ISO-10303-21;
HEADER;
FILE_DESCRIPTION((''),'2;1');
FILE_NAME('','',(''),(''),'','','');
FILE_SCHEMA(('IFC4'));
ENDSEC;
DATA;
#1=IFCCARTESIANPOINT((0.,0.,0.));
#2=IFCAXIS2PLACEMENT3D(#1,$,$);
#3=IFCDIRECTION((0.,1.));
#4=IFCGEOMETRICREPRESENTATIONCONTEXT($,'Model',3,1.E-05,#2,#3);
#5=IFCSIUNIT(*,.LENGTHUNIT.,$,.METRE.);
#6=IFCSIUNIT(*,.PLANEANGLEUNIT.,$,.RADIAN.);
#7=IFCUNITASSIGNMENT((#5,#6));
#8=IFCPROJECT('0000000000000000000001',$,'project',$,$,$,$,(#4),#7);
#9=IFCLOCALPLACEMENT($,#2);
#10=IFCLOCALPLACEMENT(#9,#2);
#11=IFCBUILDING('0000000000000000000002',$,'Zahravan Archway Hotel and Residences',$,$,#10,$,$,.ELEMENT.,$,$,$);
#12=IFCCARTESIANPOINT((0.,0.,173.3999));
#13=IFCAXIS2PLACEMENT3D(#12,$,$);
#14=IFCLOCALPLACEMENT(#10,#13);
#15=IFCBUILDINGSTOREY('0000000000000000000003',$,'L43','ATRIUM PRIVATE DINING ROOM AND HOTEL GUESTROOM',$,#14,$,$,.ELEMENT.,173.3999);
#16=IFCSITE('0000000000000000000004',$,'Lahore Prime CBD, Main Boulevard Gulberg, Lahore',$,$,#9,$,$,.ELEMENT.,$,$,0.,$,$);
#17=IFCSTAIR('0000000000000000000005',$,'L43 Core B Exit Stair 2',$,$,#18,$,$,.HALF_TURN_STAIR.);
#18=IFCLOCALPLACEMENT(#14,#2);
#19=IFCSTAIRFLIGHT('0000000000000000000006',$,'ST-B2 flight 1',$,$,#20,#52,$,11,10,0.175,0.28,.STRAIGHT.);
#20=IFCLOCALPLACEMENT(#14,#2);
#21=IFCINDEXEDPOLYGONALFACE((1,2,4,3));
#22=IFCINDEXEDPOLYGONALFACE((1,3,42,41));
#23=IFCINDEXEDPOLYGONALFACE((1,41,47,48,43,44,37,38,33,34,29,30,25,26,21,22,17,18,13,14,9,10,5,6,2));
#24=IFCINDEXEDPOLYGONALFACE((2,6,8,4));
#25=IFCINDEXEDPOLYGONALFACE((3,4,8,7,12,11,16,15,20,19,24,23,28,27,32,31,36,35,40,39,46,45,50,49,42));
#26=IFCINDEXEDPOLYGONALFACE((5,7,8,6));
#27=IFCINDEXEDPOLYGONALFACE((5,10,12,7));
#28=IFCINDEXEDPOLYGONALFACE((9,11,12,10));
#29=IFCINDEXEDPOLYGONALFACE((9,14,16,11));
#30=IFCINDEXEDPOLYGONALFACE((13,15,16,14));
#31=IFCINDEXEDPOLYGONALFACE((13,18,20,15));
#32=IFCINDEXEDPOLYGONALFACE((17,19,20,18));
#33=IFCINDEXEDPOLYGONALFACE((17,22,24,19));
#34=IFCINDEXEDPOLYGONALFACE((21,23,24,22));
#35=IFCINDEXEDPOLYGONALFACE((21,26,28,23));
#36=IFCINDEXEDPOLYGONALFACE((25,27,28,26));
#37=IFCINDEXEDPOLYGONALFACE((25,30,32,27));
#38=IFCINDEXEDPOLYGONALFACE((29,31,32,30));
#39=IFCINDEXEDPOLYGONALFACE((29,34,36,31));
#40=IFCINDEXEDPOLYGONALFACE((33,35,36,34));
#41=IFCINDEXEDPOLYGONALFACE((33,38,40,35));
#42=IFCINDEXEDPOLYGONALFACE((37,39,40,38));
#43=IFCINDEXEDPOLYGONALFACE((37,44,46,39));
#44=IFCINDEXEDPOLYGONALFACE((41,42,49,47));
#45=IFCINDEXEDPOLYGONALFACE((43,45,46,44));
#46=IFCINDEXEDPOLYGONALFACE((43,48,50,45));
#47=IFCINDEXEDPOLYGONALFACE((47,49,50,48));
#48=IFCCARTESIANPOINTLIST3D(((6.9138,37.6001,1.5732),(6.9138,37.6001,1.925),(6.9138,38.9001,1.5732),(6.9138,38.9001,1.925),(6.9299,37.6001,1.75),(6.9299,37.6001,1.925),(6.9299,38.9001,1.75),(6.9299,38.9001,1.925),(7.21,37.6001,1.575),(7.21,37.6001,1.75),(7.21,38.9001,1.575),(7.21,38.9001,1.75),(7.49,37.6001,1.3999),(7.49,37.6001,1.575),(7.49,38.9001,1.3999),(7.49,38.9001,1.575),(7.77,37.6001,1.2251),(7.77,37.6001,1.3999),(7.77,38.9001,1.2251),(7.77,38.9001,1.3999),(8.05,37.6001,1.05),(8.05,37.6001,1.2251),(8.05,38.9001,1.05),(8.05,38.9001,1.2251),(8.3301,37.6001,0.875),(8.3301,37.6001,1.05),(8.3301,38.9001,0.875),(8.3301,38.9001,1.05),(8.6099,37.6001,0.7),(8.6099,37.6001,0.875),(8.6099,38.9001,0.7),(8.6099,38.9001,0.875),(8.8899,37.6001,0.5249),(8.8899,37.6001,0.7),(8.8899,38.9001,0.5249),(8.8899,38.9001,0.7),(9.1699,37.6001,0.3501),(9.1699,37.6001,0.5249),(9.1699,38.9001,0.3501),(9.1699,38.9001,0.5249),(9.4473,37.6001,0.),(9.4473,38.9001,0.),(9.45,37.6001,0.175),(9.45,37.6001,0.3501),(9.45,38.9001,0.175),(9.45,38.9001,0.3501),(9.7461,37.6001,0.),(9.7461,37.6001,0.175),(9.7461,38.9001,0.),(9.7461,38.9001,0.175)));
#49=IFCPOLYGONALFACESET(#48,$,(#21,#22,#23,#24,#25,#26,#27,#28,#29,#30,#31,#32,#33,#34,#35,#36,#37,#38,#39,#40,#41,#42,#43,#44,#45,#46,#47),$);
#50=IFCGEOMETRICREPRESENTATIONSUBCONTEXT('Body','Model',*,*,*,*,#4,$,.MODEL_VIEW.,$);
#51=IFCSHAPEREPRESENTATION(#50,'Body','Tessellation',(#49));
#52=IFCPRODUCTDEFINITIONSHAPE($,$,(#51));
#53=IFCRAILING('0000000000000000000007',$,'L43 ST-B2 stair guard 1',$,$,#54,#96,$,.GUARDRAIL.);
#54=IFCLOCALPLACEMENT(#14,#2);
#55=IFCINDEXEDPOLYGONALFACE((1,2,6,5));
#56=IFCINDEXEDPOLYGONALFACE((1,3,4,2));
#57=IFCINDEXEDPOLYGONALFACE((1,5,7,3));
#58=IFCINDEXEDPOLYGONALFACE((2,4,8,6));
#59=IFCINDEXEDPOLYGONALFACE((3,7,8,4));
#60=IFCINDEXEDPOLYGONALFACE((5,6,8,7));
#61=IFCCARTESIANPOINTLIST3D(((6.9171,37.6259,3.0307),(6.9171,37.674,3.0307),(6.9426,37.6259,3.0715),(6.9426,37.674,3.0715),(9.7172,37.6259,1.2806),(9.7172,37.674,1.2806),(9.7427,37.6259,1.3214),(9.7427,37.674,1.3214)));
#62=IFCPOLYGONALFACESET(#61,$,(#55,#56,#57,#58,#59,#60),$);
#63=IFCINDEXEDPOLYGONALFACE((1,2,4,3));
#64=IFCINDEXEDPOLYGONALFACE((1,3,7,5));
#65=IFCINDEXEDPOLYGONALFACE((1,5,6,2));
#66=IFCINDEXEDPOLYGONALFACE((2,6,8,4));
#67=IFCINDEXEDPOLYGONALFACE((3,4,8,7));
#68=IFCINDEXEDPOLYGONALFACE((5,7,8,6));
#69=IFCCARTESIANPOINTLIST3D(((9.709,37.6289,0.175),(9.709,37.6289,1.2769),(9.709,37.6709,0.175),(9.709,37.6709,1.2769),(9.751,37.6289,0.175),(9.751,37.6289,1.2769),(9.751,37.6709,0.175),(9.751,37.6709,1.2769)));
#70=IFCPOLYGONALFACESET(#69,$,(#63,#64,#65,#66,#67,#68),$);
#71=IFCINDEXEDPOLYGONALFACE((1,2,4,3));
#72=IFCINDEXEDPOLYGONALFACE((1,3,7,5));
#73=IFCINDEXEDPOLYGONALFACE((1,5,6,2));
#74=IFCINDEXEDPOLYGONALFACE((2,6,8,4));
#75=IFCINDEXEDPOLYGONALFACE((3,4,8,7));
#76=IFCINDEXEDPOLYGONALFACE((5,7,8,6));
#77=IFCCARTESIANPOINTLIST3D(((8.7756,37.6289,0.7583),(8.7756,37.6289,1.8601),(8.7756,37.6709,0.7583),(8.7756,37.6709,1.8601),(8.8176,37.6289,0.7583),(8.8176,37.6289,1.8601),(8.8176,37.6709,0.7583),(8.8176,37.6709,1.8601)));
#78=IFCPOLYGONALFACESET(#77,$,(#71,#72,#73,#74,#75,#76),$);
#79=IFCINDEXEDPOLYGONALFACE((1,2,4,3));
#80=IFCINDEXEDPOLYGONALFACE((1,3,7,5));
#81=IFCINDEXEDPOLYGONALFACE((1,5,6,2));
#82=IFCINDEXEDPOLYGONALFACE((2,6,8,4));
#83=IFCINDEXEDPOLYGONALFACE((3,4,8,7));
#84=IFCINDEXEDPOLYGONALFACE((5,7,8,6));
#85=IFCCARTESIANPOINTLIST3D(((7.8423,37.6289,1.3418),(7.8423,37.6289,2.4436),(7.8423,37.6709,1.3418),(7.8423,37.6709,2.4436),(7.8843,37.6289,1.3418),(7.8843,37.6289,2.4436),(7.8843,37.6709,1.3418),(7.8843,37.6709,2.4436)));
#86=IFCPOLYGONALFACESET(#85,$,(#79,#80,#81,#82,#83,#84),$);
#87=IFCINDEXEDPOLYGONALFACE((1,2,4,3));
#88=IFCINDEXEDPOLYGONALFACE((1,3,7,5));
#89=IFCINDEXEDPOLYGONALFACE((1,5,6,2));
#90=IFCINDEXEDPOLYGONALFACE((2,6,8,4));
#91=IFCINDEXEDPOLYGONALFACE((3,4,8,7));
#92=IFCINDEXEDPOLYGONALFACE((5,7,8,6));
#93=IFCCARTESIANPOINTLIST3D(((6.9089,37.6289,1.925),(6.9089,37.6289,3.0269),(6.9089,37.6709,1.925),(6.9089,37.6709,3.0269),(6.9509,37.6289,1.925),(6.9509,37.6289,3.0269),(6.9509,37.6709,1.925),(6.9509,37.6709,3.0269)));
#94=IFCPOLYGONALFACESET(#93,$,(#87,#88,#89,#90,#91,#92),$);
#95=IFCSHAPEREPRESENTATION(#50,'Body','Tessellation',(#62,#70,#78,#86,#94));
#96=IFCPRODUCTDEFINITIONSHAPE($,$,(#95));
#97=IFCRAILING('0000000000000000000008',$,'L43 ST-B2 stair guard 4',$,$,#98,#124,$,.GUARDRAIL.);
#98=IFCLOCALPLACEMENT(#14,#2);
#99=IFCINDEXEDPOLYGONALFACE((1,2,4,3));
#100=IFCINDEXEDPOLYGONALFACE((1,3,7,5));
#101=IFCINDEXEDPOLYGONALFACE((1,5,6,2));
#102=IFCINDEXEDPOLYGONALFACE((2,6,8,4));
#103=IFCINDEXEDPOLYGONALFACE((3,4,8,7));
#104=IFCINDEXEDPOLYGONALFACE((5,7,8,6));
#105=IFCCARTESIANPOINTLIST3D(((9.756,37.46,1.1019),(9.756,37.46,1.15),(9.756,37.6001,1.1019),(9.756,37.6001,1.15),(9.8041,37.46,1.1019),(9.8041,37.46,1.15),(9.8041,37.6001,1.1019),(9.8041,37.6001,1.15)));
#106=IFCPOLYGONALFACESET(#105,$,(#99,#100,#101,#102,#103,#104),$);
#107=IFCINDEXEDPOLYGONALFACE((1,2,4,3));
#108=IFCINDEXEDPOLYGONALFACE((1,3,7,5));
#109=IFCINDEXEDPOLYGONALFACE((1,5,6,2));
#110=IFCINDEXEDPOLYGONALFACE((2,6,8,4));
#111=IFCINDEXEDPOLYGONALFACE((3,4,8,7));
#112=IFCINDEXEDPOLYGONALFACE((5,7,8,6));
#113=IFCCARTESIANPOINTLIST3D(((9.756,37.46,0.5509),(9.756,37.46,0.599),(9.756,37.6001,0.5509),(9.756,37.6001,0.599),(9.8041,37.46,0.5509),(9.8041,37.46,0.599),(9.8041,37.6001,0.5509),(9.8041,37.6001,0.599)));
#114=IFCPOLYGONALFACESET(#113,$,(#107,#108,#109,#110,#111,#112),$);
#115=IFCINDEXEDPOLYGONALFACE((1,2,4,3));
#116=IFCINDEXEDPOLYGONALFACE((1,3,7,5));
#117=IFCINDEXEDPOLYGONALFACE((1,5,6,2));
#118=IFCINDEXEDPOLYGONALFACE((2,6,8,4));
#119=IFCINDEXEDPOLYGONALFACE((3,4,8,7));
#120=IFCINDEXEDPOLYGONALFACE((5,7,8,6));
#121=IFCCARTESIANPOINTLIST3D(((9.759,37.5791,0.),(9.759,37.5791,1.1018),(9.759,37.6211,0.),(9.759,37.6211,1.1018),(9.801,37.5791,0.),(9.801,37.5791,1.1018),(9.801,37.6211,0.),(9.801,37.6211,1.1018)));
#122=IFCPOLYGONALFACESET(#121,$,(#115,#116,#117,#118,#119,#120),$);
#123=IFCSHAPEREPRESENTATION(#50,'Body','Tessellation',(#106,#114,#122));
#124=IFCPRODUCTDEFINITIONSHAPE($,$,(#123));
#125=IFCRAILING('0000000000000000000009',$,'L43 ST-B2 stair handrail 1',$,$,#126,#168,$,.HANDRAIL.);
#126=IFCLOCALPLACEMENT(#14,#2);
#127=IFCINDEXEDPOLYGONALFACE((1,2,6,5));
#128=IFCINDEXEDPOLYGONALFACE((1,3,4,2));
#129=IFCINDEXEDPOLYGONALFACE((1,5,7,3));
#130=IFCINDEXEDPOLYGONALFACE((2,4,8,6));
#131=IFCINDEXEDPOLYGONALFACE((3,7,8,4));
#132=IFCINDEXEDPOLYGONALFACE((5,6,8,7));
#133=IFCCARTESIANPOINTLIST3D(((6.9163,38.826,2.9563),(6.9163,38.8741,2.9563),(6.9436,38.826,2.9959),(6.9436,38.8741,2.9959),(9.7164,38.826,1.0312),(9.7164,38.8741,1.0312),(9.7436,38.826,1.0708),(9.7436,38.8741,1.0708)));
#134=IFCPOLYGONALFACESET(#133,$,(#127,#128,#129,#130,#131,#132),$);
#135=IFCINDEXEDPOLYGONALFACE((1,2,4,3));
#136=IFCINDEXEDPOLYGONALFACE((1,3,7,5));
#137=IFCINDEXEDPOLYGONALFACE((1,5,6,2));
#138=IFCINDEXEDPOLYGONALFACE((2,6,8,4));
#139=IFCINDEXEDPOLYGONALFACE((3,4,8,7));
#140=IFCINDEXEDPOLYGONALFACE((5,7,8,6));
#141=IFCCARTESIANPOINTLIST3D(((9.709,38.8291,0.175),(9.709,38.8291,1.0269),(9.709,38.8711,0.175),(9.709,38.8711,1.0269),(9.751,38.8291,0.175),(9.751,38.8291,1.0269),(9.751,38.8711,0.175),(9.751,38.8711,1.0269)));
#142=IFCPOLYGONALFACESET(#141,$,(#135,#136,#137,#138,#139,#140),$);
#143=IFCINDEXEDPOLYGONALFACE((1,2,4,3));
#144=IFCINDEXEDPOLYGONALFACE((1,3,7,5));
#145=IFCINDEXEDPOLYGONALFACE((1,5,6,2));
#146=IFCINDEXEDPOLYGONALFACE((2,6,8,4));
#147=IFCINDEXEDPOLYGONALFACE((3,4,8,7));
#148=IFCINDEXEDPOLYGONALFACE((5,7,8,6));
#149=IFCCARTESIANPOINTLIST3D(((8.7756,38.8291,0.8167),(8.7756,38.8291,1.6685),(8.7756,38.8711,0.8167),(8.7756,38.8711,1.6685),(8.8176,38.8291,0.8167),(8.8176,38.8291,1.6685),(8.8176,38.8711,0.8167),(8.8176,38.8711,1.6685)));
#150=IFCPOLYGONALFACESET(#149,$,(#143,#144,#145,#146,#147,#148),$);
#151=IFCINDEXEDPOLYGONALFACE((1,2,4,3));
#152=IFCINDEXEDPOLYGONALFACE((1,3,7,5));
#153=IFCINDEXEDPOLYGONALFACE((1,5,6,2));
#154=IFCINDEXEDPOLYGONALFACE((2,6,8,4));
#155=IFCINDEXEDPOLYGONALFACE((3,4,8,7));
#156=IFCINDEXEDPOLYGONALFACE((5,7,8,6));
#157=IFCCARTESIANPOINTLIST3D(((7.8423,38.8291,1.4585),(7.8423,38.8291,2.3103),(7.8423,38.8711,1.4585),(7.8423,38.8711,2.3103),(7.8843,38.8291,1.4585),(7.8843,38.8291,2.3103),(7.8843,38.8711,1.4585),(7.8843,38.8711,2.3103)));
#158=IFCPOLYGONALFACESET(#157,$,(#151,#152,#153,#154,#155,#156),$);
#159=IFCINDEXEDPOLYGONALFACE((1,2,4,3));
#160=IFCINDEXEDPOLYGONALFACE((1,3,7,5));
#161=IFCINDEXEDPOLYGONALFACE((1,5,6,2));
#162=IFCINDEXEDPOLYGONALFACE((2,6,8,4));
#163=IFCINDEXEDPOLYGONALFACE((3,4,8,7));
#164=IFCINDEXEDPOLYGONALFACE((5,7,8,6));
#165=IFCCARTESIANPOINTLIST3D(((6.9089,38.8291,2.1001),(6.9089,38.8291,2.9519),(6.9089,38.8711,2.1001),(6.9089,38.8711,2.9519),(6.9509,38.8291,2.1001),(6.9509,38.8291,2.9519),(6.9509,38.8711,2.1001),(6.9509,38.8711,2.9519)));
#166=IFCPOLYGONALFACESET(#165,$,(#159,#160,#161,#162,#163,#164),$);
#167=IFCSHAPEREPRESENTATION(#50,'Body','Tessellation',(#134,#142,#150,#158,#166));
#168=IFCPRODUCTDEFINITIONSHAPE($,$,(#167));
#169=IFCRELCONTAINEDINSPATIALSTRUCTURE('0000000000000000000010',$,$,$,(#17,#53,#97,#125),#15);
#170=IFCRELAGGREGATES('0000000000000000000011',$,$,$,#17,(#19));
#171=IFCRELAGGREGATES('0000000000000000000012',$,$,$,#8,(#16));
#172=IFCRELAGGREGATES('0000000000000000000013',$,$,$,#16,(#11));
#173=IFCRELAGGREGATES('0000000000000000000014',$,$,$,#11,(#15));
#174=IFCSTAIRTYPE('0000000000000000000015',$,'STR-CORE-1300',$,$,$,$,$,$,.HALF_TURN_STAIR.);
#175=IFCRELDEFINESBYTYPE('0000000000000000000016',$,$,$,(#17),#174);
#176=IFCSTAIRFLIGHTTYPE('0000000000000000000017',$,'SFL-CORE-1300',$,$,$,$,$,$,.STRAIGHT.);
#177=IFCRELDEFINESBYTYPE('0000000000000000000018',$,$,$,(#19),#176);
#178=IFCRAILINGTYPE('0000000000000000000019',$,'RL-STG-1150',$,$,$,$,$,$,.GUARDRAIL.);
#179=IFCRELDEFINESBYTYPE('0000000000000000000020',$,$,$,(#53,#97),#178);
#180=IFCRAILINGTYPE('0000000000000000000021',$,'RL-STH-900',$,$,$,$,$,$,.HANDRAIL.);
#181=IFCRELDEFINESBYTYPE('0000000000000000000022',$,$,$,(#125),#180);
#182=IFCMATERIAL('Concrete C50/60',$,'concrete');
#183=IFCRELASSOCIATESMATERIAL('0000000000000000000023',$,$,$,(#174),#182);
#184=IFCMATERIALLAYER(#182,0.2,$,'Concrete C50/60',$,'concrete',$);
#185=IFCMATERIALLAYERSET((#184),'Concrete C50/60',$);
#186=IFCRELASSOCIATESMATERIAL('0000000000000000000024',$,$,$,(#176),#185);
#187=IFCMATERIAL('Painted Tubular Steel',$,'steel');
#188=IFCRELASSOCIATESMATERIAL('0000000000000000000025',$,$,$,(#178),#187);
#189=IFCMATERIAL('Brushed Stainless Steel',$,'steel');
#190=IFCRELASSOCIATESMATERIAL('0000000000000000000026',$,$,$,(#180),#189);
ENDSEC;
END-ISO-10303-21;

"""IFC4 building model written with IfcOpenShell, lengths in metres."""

from ifc_helpers import new_model, si_unit, direction, frame, origin, origin_2d, place, context, subcontext, project, spatial, polyline, rectangle, outline, extrude, source, transform, mapped, material, layer, layer_set, type_object, element, aggregate, save


model = new_model("IFC4")

# Units and contexts
model_context = context("Model", 3, precision=1e-05, world=origin(), true_north=direction((0.0, 1.0)))
body_context = subcontext(model_context, "Body", "Model", "MODEL_VIEW")
ifc_project = project(units=[si_unit("LENGTHUNIT", "METRE"), si_unit("PLANEANGLEUNIT", "RADIAN")], contexts=[model_context])

# Site, building, storey
site_placement = place(None, origin())
site = spatial("IfcSite", under=ifc_project, at=site_placement, Name="Lahore Prime CBD, Main Boulevard Gulberg, Lahore", CompositionType="ELEMENT", RefElevation=0.0)
building_placement = place(site_placement, origin())
building = spatial("IfcBuilding", under=site, at=building_placement, Name="Zahravan Archway Hotel and Residences", CompositionType="ELEMENT")
storey_placement = place(building_placement, frame((0.0, 0.0, 173.3999)))
storey = spatial("IfcBuildingStorey", under=building, at=storey_placement, Name="L43", Description="ATRIUM PRIVATE DINING ROOM AND HOTEL GUESTROOM", CompositionType="ELEMENT", Elevation=173.3999)

# Shared definitions
ifc_material_1 = material(Name="Concrete C50/60", Category="concrete")

# Stair, stair flight
stair_type = type_object("IfcStairType", Name="STR-CORE-1300", PredefinedType="HALF_TURN_STAIR", material=ifc_material_1)
stair_placement = place(storey_placement, origin())
stair = element("IfcStair", 1, at=stair_placement, inside=storey, type_object=stair_type, Name="L43 Core B Exit Stair 2", PredefinedType="HALF_TURN_STAIR")
ifc_layer_1 = layer(ifc_material_1, 0.2, Name="Concrete C50/60", Category="concrete")
ifc_layer_set_1 = layer_set([ifc_layer_1], Name="Concrete C50/60")
stair_flight_type = type_object("IfcStairFlightType", Name="SFL-CORE-1300", PredefinedType="STRAIGHT", material=ifc_layer_set_1)
shared_shape_1 = source(origin(), body_context, "Body", "SweptSolid", [
    extrude(outline(polyline([(-0.0161, 0.0), (-0.0161, 0.175), (0.28, 0.175), (0.28, 0.3501), (0.5601, 0.3501), (0.5601, 0.5249), (0.8401, 0.5249), (0.8401, 0.7), (1.1201, 0.7), (1.1201, 0.875), (1.3999, 0.875), (1.3999, 1.05), (1.6799, 1.05), (1.6799, 1.2251), (1.96, 1.2251), (1.96, 1.3999), (2.24, 1.3999), (2.24, 1.575), (2.52, 1.575), (2.52, 1.75), (2.8, 1.75), (2.8, 1.925), (2.8162, 1.925), (2.8162, 1.5732), (0.2827, 0.0), (-0.0161, 0.0)])), frame((0.0, 0.6499, 0.0), z_axis=(0.0, -1.0, 0.0), x_axis=(1.0, 0.0, 0.0)), (0.0, 0.0, 1.0), 1.3),
])
stair_flight_placement = place(storey_placement, frame((9.73, 38.25, 0.0), z_axis=(0.0, 0.0, 1.0), x_axis=(-1.0, 0.0, 0.0)))
stair_flight = element("IfcStairFlight", 2, at=stair_flight_placement, type_object=stair_flight_type, Name="ST-B2 flight 1", NumberOfRisers=11, NumberOfTreads=10, PredefinedType="STRAIGHT", RiserHeight=0.175, TreadLength=0.28, context=body_context, shape_type="MappedRepresentation", body=[
    mapped(shared_shape_1, transform((0.0, 0.0, 0.0), scale=1.0)),
])
aggregate(stair, [stair_flight])

# Railings
ifc_material_2 = material(Name="Painted Tubular Steel", Category="steel")
railing_type_1 = type_object("IfcRailingType", Name="RL-STG-1150", PredefinedType="GUARDRAIL", material=ifc_material_2)
railing_1_placement = place(storey_placement, frame((9.73, 37.6499, 0.175)))
element("IfcRailing", 3, at=railing_1_placement, inside=storey, type_object=railing_type_1, Name="L43 ST-B2 stair guard 1", PredefinedType="GUARDRAIL", context=body_context, shape_type="SweptSolid", body=[
    extrude(rectangle(XDim=0.0481, YDim=0.0481, at=origin_2d()), frame((0.0, 0.0, 1.126), z_axis=(-0.848002, 0.0, 0.529992), x_axis=(0.0, -1.0, 0.0)), (0.0, 0.0, 1.0), 3.302),
    extrude(rectangle(XDim=0.042, YDim=0.042, at=origin_2d()), origin(), (0.0, 0.0, 1.0), 1.1018),
    extrude(rectangle(XDim=0.042, YDim=0.042, at=origin_2d()), frame((-0.9333, 0.0, 0.5833)), (0.0, 0.0, 1.0), 1.1018),
    extrude(rectangle(XDim=0.042, YDim=0.042, at=origin_2d()), frame((-1.8667, 0.0, 1.1667)), (0.0, 0.0, 1.0), 1.1018),
    extrude(rectangle(XDim=0.042, YDim=0.042, at=origin_2d()), frame((-2.8, 0.0, 1.75)), (0.0, 0.0, 1.0), 1.1018),
])
railing_2_placement = place(storey_placement, frame((9.78, 37.6001, 0.0)))
element("IfcRailing", 4, at=railing_2_placement, inside=storey, type_object=railing_type_1, Name="L43 ST-B2 stair guard 4", PredefinedType="GUARDRAIL", context=body_context, shape_type="SweptSolid", body=[
    extrude(rectangle(XDim=0.0481, YDim=0.0481, at=origin_2d()), frame((0.0, 0.0, 1.126), z_axis=(0.0, -1.0, 0.0), x_axis=(1.0, 0.0, 0.0)), (0.0, 0.0, 1.0), 0.1401),
    extrude(rectangle(XDim=0.0481, YDim=0.0481, at=origin_2d()), frame((0.0, 0.0, 0.575), z_axis=(0.0, -1.0, 0.0), x_axis=(1.0, 0.0, 0.0)), (0.0, 0.0, 1.0), 0.1401),
    extrude(rectangle(XDim=0.042, YDim=0.042, at=origin_2d()), origin(), (0.0, 0.0, 1.0), 1.1018),
])
ifc_material_3 = material(Name="Brushed Stainless Steel", Category="steel")
railing_type_2 = type_object("IfcRailingType", Name="RL-STH-900", PredefinedType="HANDRAIL", material=ifc_material_3)
railing_3_placement = place(storey_placement, frame((9.73, 38.8501, 0.175)))
element("IfcRailing", 5, at=railing_3_placement, inside=storey, type_object=railing_type_2, Name="L43 ST-B2 stair handrail 1", PredefinedType="HANDRAIL", context=body_context, shape_type="SweptSolid", body=[
    extrude(rectangle(XDim=0.0481, YDim=0.0481, at=origin_2d()), frame((0.0, 0.0, 0.876), z_axis=(-0.82404, 0.0, 0.566532), x_axis=(0.0, -1.0, 0.0)), (0.0, 0.0, 1.0), 3.3979),
    extrude(rectangle(XDim=0.042, YDim=0.042, at=origin_2d()), origin(), (0.0, 0.0, 1.0), 0.8518),
    extrude(rectangle(XDim=0.042, YDim=0.042, at=origin_2d()), frame((-0.9333, 0.0, 0.6416)), (0.0, 0.0, 1.0), 0.8518),
    extrude(rectangle(XDim=0.042, YDim=0.042, at=origin_2d()), frame((-1.8667, 0.0, 1.2834)), (0.0, 0.0, 1.0), 0.8518),
    extrude(rectangle(XDim=0.042, YDim=0.042, at=origin_2d()), frame((-2.8, 0.0, 1.925)), (0.0, 0.0, 1.0), 0.8518),
])

save(model, "model.ifc")
